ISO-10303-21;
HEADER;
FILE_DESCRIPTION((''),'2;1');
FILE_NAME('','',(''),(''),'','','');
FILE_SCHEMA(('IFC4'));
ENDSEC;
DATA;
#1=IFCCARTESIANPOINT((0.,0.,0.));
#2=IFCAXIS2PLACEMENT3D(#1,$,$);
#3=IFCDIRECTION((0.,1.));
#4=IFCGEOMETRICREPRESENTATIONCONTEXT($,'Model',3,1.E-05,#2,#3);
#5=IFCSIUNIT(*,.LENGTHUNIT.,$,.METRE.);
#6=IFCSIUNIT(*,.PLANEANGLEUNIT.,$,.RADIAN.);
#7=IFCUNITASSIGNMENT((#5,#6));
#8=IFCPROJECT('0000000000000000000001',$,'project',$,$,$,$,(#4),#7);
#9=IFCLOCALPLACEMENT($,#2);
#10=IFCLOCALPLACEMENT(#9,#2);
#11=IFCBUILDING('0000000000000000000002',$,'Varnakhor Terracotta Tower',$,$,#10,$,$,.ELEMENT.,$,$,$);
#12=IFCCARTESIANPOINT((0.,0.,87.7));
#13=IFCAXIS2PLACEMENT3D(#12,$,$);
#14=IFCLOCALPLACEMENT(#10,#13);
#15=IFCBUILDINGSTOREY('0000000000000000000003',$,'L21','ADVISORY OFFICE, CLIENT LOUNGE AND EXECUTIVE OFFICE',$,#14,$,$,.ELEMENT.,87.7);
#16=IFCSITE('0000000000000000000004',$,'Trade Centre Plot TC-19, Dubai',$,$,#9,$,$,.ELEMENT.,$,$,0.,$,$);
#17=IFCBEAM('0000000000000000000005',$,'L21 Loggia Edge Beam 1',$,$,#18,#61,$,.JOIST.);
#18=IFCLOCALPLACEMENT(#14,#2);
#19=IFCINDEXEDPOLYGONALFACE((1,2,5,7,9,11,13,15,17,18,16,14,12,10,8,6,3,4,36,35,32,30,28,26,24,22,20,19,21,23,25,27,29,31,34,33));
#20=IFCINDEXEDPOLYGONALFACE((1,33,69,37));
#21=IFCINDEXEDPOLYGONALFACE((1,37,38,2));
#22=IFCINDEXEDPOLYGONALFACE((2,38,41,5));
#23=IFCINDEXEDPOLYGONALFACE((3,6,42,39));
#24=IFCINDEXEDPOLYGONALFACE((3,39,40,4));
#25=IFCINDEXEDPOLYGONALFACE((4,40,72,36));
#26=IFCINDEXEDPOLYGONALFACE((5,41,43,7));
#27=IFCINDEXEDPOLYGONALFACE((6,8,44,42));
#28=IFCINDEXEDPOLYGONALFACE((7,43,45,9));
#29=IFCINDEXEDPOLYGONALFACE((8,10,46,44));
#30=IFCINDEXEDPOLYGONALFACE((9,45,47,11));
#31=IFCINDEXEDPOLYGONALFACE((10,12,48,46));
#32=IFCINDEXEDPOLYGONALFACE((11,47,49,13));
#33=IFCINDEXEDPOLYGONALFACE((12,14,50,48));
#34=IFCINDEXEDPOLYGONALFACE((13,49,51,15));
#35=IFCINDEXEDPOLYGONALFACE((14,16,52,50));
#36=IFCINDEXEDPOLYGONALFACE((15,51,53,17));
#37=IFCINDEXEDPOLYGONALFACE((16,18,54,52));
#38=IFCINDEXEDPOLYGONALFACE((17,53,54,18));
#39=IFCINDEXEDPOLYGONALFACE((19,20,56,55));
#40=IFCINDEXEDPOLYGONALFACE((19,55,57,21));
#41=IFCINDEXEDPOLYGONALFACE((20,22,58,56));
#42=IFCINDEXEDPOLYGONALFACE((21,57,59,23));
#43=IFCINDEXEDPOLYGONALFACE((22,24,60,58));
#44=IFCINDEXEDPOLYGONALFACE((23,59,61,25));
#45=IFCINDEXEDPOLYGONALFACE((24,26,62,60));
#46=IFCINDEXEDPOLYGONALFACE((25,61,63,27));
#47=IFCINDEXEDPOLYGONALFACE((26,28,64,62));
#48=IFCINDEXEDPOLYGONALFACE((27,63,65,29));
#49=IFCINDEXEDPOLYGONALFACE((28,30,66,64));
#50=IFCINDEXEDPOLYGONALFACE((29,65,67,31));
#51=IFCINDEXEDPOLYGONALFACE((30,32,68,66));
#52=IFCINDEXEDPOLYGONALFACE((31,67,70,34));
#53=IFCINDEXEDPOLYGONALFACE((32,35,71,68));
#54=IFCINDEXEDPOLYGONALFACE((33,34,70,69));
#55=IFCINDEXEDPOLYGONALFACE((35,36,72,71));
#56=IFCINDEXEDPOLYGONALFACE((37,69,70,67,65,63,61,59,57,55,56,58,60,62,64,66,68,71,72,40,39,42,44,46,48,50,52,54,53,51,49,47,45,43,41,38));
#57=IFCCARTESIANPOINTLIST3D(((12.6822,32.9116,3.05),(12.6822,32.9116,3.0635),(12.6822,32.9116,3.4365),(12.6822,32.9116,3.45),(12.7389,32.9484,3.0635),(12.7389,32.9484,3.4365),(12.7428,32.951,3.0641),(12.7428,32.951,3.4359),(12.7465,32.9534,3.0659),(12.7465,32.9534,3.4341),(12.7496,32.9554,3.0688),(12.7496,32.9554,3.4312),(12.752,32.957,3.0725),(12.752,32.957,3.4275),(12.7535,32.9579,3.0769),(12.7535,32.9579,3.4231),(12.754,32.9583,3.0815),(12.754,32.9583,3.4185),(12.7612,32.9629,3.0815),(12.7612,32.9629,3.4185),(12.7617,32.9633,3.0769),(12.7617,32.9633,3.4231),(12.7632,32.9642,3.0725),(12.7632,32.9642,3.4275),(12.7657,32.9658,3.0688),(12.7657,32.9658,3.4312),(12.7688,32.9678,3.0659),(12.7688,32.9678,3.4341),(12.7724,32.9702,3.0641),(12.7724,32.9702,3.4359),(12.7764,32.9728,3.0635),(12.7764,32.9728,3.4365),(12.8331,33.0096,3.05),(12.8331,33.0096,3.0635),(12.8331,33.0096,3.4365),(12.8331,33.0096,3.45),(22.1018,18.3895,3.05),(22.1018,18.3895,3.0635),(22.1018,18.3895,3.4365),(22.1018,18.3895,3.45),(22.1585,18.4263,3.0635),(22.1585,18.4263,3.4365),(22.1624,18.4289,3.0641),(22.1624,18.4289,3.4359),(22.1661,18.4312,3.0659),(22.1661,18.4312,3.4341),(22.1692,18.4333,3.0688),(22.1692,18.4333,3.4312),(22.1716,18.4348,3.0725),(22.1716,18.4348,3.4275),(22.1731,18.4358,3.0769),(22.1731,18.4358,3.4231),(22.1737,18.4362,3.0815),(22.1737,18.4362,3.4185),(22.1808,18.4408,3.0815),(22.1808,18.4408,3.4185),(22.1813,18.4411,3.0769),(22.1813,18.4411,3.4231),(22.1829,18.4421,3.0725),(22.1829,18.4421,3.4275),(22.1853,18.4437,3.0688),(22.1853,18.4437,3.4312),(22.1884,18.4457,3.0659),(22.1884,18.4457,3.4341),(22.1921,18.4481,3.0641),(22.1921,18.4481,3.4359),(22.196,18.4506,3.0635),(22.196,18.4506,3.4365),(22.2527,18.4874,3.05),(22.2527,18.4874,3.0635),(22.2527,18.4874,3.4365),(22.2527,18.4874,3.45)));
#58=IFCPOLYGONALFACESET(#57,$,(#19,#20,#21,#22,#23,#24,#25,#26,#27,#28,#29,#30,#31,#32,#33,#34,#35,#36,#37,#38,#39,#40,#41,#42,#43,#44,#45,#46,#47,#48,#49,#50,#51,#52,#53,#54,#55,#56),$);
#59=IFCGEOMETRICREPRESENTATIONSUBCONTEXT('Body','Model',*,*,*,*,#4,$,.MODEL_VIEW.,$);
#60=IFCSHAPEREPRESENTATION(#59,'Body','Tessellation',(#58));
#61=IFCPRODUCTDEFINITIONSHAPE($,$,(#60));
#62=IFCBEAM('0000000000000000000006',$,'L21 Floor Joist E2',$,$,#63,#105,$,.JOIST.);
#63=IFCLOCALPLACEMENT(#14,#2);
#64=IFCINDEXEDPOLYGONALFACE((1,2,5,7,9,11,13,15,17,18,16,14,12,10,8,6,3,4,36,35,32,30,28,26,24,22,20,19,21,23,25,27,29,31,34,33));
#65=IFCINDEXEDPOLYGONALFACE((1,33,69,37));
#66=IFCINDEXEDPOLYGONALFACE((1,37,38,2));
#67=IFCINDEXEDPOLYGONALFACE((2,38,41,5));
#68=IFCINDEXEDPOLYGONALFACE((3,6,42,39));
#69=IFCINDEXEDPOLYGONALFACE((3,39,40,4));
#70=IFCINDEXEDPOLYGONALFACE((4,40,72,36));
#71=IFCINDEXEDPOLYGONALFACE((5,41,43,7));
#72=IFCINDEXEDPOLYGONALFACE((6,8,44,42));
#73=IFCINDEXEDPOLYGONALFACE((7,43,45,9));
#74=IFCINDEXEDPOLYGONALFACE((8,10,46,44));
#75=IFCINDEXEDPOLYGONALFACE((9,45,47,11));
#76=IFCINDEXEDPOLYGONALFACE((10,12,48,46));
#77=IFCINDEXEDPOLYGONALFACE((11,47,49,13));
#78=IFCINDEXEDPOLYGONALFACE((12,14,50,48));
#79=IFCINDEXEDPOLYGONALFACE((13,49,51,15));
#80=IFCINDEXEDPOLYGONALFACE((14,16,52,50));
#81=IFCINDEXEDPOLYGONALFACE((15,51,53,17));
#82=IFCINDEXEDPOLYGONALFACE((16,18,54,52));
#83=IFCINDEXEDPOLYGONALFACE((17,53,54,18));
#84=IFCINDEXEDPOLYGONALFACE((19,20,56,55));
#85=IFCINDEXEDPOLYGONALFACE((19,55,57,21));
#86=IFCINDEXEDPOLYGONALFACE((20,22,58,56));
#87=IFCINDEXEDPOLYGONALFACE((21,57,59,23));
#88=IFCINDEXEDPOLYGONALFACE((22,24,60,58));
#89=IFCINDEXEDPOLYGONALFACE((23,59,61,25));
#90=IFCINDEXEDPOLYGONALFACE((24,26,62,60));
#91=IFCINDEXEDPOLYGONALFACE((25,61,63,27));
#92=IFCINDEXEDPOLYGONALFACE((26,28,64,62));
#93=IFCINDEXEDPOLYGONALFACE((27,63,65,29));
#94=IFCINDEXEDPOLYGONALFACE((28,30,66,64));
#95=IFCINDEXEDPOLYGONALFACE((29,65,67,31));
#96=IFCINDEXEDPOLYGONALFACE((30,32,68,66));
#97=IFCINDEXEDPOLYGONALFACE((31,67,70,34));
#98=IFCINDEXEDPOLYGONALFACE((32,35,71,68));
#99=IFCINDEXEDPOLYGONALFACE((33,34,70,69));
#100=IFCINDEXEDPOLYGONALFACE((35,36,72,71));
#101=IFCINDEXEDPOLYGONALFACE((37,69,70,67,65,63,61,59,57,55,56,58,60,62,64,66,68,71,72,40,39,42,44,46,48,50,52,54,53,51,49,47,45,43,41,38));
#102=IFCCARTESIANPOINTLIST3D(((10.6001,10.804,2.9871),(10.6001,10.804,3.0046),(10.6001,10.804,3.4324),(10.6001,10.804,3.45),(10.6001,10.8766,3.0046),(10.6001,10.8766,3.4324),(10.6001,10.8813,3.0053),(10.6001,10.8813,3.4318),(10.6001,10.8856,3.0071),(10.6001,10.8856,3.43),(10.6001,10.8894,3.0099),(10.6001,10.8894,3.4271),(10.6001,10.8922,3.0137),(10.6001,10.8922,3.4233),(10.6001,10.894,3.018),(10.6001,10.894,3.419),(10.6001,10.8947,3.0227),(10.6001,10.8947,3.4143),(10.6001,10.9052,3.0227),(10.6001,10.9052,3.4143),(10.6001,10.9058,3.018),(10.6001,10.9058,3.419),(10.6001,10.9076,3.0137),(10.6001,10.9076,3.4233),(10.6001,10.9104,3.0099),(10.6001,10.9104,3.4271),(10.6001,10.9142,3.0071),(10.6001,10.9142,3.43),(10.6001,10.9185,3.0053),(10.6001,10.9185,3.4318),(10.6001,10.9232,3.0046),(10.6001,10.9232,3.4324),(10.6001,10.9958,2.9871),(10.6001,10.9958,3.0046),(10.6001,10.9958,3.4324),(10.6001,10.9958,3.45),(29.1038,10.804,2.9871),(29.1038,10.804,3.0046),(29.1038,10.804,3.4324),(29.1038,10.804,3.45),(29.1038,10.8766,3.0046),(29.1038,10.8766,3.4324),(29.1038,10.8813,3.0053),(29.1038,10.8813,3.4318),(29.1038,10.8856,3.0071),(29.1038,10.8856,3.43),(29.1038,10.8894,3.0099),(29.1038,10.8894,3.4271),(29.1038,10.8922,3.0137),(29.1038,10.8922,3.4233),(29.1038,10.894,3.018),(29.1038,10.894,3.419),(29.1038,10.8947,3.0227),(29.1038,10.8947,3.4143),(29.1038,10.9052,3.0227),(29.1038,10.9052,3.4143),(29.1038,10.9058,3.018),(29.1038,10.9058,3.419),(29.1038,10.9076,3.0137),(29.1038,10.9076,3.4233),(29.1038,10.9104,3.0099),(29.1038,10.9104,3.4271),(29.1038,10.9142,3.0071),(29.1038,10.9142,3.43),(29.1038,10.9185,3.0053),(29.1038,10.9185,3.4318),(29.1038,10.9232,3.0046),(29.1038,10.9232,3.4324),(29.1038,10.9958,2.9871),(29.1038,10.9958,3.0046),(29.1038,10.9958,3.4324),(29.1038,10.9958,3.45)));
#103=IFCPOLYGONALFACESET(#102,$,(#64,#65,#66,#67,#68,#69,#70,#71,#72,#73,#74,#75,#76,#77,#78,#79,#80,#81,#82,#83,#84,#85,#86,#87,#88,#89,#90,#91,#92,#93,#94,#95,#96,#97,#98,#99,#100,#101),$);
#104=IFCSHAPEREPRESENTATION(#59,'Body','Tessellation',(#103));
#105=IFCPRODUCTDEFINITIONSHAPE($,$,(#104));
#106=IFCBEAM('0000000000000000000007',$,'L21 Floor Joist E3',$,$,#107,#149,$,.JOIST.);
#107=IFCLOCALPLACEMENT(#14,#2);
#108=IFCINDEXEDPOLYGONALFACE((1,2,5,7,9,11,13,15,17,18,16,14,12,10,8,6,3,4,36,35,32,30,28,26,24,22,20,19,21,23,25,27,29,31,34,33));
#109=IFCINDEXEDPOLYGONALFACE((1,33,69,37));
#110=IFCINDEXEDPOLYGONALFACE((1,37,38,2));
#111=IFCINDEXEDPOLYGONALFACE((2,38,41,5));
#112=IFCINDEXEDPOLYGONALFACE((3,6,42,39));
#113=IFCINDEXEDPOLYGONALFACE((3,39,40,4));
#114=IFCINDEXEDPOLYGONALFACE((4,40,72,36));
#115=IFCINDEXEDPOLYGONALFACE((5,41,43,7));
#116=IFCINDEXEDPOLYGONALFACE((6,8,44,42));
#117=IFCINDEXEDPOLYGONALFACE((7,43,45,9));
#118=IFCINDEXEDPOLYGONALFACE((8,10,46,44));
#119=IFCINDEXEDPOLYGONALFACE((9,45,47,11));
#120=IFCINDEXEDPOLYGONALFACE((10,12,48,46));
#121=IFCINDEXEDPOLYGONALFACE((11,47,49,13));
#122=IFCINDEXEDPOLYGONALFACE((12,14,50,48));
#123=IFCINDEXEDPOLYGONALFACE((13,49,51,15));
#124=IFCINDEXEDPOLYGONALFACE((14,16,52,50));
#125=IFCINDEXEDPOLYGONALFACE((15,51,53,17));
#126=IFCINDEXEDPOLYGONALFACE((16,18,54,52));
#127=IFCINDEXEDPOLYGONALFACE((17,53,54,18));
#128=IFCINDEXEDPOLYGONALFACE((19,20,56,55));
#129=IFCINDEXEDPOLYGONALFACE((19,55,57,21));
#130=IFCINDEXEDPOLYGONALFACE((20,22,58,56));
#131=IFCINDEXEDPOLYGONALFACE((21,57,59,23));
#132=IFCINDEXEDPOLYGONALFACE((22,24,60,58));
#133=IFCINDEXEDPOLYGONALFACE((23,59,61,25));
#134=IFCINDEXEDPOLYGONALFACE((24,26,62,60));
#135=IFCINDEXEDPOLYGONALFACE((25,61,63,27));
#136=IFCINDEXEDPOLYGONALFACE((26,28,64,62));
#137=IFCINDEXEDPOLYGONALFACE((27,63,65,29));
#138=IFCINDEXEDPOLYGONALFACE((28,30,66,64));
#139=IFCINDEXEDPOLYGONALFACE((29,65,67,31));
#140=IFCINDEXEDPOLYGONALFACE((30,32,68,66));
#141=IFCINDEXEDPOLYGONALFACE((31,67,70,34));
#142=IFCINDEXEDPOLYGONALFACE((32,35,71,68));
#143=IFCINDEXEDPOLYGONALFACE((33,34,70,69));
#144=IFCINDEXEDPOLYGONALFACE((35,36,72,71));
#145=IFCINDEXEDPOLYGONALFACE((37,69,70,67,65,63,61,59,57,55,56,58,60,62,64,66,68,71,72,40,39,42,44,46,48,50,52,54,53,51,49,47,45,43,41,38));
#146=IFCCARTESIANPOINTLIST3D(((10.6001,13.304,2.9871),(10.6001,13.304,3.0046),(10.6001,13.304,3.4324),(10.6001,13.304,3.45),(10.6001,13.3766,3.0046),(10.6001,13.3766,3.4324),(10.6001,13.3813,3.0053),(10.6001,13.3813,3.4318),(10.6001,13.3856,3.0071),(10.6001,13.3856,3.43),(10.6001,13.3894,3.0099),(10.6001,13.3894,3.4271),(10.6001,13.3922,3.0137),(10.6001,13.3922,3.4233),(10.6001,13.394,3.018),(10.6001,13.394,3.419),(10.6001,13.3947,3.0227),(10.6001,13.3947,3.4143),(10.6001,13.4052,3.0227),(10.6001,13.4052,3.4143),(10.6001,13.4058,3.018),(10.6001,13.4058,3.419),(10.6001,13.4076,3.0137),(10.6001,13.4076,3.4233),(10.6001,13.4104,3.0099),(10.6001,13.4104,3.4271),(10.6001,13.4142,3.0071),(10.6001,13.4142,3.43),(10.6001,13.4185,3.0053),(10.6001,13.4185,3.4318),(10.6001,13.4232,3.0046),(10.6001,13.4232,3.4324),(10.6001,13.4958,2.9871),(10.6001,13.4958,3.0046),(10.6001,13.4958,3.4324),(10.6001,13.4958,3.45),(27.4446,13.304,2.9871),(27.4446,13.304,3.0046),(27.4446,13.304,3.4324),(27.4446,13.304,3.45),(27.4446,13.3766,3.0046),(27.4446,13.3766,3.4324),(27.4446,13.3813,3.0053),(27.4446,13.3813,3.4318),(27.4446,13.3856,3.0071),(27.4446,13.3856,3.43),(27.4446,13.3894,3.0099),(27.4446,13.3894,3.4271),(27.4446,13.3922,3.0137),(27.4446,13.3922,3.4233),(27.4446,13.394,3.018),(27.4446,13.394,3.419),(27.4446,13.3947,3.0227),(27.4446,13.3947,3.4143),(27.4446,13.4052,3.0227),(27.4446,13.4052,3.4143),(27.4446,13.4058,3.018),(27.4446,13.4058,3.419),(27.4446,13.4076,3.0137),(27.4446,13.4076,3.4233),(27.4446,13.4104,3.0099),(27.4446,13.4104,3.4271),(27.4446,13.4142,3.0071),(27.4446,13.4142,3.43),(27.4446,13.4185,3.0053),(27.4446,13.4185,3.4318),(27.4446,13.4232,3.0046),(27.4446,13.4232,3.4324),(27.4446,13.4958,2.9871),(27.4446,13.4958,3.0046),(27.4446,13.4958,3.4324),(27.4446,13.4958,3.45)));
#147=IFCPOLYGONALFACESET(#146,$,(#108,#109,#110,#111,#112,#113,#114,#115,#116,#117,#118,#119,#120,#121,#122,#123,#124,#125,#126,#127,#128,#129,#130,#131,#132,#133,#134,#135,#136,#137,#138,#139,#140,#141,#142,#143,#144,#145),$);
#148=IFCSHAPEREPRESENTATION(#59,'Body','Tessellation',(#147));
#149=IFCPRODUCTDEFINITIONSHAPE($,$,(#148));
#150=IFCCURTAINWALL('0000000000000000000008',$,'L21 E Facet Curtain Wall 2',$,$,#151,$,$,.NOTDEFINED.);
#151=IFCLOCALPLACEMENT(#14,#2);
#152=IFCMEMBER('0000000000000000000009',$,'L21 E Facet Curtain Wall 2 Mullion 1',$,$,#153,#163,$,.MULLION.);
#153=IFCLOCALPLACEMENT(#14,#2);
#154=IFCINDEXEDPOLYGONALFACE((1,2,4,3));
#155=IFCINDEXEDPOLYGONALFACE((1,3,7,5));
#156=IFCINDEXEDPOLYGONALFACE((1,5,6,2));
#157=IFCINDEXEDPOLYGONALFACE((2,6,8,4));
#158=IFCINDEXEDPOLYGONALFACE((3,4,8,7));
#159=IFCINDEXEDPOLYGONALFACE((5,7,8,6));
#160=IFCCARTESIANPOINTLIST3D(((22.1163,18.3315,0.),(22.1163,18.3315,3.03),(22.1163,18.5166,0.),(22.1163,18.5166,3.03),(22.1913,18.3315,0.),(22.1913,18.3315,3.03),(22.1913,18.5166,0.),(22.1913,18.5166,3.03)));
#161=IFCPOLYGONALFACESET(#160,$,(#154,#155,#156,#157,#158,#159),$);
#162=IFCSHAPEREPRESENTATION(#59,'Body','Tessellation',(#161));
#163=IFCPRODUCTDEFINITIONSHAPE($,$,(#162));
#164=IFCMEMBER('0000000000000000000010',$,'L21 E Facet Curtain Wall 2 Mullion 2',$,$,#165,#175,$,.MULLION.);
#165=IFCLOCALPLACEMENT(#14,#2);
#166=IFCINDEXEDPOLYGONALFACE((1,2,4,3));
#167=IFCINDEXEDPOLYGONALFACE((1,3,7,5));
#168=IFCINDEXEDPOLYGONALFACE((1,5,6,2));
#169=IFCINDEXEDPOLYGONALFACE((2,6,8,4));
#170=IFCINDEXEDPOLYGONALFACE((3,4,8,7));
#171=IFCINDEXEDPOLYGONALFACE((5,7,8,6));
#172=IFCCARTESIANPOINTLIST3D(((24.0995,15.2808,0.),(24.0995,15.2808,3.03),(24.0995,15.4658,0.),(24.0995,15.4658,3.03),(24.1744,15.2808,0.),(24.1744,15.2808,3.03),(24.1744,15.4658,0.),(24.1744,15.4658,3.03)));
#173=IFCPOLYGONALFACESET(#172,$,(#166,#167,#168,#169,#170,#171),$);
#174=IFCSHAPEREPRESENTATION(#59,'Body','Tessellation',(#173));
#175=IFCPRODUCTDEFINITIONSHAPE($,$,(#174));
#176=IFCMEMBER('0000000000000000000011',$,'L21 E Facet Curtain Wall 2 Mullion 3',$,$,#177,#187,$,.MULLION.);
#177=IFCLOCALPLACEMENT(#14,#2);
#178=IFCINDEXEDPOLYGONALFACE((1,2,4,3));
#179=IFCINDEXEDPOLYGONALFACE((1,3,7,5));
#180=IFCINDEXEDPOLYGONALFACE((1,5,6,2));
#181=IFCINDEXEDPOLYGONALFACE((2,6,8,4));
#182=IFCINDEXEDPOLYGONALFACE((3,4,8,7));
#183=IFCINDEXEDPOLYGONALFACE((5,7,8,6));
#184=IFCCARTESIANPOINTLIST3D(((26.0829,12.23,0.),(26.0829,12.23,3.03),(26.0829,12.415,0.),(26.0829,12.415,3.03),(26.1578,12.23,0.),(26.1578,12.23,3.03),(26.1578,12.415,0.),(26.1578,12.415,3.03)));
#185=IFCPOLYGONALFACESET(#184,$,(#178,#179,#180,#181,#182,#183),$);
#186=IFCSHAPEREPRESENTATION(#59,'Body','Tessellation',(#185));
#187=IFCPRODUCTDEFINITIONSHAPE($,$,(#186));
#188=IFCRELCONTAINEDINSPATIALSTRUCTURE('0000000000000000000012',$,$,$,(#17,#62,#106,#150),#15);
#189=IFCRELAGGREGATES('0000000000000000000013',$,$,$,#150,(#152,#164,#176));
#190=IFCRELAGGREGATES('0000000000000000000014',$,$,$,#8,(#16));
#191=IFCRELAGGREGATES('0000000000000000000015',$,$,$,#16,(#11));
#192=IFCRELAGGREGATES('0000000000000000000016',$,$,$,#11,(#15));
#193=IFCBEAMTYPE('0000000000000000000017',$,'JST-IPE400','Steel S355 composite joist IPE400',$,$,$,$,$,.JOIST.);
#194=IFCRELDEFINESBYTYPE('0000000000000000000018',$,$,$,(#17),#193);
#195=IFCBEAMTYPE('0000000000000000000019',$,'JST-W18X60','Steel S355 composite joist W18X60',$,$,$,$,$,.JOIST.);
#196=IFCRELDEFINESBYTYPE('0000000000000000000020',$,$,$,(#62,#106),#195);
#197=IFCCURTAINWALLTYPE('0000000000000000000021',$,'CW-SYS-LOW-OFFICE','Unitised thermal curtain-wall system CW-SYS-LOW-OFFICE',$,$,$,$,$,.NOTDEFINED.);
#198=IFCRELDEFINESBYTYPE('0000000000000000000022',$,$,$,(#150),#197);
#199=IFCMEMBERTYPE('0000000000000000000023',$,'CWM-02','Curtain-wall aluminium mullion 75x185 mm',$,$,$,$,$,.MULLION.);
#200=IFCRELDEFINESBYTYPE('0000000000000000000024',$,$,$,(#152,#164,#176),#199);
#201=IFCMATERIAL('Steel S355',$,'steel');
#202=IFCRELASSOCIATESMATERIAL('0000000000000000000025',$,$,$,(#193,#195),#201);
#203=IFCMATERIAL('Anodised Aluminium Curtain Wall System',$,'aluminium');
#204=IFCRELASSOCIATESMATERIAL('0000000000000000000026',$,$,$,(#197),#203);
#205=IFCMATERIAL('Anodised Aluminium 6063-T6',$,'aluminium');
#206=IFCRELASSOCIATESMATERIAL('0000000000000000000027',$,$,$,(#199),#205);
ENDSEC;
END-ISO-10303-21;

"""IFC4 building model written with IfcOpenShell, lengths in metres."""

from ifc_helpers import new_model, si_unit, direction, frame, origin, origin_2d, place, context, subcontext, project, spatial, rectangle, i_section, extrude, source, transform, mapped, material, material_profile, profile_set, type_object, type_shapes, element, aggregate, save


model = new_model("IFC4")

# Units and contexts
model_context = context("Model", 3, precision=1e-05, world=origin(), true_north=direction((0.0, 1.0)))
body_context = subcontext(model_context, "Body", "Model", "MODEL_VIEW")
ifc_project = project(units=[si_unit("LENGTHUNIT", "METRE"), si_unit("PLANEANGLEUNIT", "RADIAN")], contexts=[model_context])

# Site, building, storey
site_placement = place(None, origin())
site = spatial("IfcSite", under=ifc_project, at=site_placement, Name="Trade Centre Plot TC-19, Dubai", CompositionType="ELEMENT", RefElevation=0.0)
building_placement = place(site_placement, origin())
building = spatial("IfcBuilding", under=site, at=building_placement, Name="Varnakhor Terracotta Tower", CompositionType="ELEMENT")
storey_placement = place(building_placement, frame((0.0, 0.0, 87.7)))
storey = spatial("IfcBuildingStorey", under=building, at=storey_placement, Name="L21", Description="ADVISORY OFFICE, CLIENT LOUNGE AND EXECUTIVE OFFICE", CompositionType="ELEMENT", Elevation=87.7)

# Beams
ifc_material_1 = material(Name="Steel S355", Category="steel")
ifc_material_profile_1 = material_profile(ifc_material_1, i_section(OverallWidth=0.1799, OverallDepth=0.3999, WebThickness=0.0085, FlangeThickness=0.0134, FilletRadius=0.0181, at=origin_2d()), Name="IPE400")
ifc_profile_set_1 = profile_set([ifc_material_profile_1], Name="Steel S355")
beam_type_1 = type_object("IfcBeamType", Name="JST-IPE400", Description="Steel S355 composite joist IPE400", PredefinedType="JOIST", material=ifc_profile_set_1)
shared_shape_1 = source(origin(), body_context, "Body", "SweptSolid", [
    extrude(i_section(OverallWidth=0.1799, OverallDepth=0.3999, WebThickness=0.0085, FlangeThickness=0.0134, FilletRadius=0.0181, at=origin_2d()), origin(), (0.0, 0.0, 1.0), 17.3096),
])
beam_1_placement = place(storey_placement, frame((22.1772, 18.4385, 3.25), z_axis=(-0.544185, 0.838965, 0.0), x_axis=(-0.838965, -0.544185, 0.0)))
element("IfcBeam", 1, at=beam_1_placement, inside=storey, type_object=beam_type_1, Name="L21 Loggia Edge Beam 1", PredefinedType="JOIST", context=body_context, shape_type="MappedRepresentation", body=[
    mapped(shared_shape_1, transform((0.0, 0.0, 0.0), scale=1.0)),
])
ifc_material_profile_2 = material_profile(ifc_material_1, i_section(OverallWidth=0.1919, OverallDepth=0.4629, WebThickness=0.0105, FlangeThickness=0.0176, FilletRadius=0.0181, at=origin_2d()), Name="W18X60")
ifc_profile_set_2 = profile_set([ifc_material_profile_2], Name="Steel S355")
beam_type_2 = type_object("IfcBeamType", Name="JST-W18X60", Description="Steel S355 composite joist W18X60", PredefinedType="JOIST", material=ifc_profile_set_2)
shared_shape_2 = source(origin(), body_context, "Body", "SweptSolid", [
    extrude(i_section(OverallWidth=0.1919, OverallDepth=0.4629, WebThickness=0.0105, FlangeThickness=0.0176, FilletRadius=0.0181, at=origin_2d()), origin(), (0.0, 0.0, 1.0), 18.5037),
])
beam_2_placement = place(storey_placement, frame((10.6001, 10.8999, 3.2185), z_axis=(1.0, 0.0, 0.0), x_axis=(0.0, 1.0, 0.0)))
element("IfcBeam", 2, at=beam_2_placement, inside=storey, type_object=beam_type_2, Name="L21 Floor Joist E2", PredefinedType="JOIST", context=body_context, shape_type="MappedRepresentation", body=[
    mapped(shared_shape_2, transform((0.0, 0.0, 0.0), scale=1.0)),
])
shared_shape_3 = source(origin(), body_context, "Body", "SweptSolid", [
    extrude(i_section(OverallWidth=0.1919, OverallDepth=0.4629, WebThickness=0.0105, FlangeThickness=0.0176, FilletRadius=0.0181, at=origin_2d()), origin(), (0.0, 0.0, 1.0), 16.8445),
])
beam_3_placement = place(storey_placement, frame((10.6001, 13.3999, 3.2185), z_axis=(1.0, 0.0, 0.0), x_axis=(0.0, 1.0, 0.0)))
element("IfcBeam", 3, at=beam_3_placement, inside=storey, type_object=beam_type_2, Name="L21 Floor Joist E3", PredefinedType="JOIST", context=body_context, shape_type="MappedRepresentation", body=[
    mapped(shared_shape_3, transform((0.0, 0.0, 0.0), scale=1.0)),
])

# Curtain wall, members
ifc_material_2 = material(Name="Anodised Aluminium Curtain Wall System", Category="aluminium")
curtain_wall_type = type_object("IfcCurtainWallType", Name="CW-SYS-LOW-OFFICE", Description="Unitised thermal curtain-wall system CW-SYS-LOW-OFFICE", PredefinedType="NOTDEFINED", material=ifc_material_2)
curtain_wall_placement = place(storey_placement, origin())
curtain_wall = element("IfcCurtainWall", 4, at=curtain_wall_placement, inside=storey, type_object=curtain_wall_type, Name="L21 E Facet Curtain Wall 2", PredefinedType="NOTDEFINED")
ifc_material_3 = material(Name="Anodised Aluminium 6063-T6", Category="aluminium")
ifc_material_profile_3 = material_profile(ifc_material_3, rectangle(XDim=0.075, YDim=0.1851, at=origin_2d()), Name="ALU MULLION 75x185")
ifc_profile_set_3 = profile_set([ifc_material_profile_3], Name="Anodised Aluminium 6063-T6")
member_type_1 = type_object("IfcMemberType", Name="CWM-02", Description="Curtain-wall aluminium mullion 75x185 mm", PredefinedType="MULLION", material=ifc_profile_set_3)
shared_shape_4 = source(origin(), body_context, "Body", "SweptSolid", [
    extrude(rectangle(XDim=0.075, YDim=0.1851, at=origin_2d()), origin(), (0.0, 0.0, 1.0), 3.03),
])
type_shapes(member_type_1, [shared_shape_4])
member_1_placement = place(storey_placement, frame((22.1538, 18.4241, 0.0), z_axis=(0.0, 0.0, 1.0), x_axis=(1.0, 0.0, 0.0)))
member_1 = element("IfcMember", 5, at=member_1_placement, type_object=member_type_1, Name="L21 E Facet Curtain Wall 2 Mullion 1", PredefinedType="MULLION", context=body_context, shape_type="MappedRepresentation", body=[
    mapped(shared_shape_4, transform((0.0, 0.0, 0.0), scale=1.0)),
])
member_2_placement = place(storey_placement, frame((24.137, 15.3733, 0.0), z_axis=(0.0, 0.0, 1.0), x_axis=(1.0, 0.0, 0.0)))
member_2 = element("IfcMember", 6, at=member_2_placement, type_object=member_type_1, Name="L21 E Facet Curtain Wall 2 Mullion 2", PredefinedType="MULLION", context=body_context, shape_type="MappedRepresentation", body=[
    mapped(shared_shape_4, transform((0.0, 0.0, 0.0), scale=1.0)),
])
member_3_placement = place(storey_placement, frame((26.1204, 12.3225, 0.0), z_axis=(0.0, 0.0, 1.0), x_axis=(1.0, 0.0, 0.0)))
member_3 = element("IfcMember", 7, at=member_3_placement, type_object=member_type_1, Name="L21 E Facet Curtain Wall 2 Mullion 3", PredefinedType="MULLION", context=body_context, shape_type="MappedRepresentation", body=[
    mapped(shared_shape_4, transform((0.0, 0.0, 0.0), scale=1.0)),
])

aggregate(curtain_wall, [member_1, member_2, member_3])

save(model, "model.ifc")
